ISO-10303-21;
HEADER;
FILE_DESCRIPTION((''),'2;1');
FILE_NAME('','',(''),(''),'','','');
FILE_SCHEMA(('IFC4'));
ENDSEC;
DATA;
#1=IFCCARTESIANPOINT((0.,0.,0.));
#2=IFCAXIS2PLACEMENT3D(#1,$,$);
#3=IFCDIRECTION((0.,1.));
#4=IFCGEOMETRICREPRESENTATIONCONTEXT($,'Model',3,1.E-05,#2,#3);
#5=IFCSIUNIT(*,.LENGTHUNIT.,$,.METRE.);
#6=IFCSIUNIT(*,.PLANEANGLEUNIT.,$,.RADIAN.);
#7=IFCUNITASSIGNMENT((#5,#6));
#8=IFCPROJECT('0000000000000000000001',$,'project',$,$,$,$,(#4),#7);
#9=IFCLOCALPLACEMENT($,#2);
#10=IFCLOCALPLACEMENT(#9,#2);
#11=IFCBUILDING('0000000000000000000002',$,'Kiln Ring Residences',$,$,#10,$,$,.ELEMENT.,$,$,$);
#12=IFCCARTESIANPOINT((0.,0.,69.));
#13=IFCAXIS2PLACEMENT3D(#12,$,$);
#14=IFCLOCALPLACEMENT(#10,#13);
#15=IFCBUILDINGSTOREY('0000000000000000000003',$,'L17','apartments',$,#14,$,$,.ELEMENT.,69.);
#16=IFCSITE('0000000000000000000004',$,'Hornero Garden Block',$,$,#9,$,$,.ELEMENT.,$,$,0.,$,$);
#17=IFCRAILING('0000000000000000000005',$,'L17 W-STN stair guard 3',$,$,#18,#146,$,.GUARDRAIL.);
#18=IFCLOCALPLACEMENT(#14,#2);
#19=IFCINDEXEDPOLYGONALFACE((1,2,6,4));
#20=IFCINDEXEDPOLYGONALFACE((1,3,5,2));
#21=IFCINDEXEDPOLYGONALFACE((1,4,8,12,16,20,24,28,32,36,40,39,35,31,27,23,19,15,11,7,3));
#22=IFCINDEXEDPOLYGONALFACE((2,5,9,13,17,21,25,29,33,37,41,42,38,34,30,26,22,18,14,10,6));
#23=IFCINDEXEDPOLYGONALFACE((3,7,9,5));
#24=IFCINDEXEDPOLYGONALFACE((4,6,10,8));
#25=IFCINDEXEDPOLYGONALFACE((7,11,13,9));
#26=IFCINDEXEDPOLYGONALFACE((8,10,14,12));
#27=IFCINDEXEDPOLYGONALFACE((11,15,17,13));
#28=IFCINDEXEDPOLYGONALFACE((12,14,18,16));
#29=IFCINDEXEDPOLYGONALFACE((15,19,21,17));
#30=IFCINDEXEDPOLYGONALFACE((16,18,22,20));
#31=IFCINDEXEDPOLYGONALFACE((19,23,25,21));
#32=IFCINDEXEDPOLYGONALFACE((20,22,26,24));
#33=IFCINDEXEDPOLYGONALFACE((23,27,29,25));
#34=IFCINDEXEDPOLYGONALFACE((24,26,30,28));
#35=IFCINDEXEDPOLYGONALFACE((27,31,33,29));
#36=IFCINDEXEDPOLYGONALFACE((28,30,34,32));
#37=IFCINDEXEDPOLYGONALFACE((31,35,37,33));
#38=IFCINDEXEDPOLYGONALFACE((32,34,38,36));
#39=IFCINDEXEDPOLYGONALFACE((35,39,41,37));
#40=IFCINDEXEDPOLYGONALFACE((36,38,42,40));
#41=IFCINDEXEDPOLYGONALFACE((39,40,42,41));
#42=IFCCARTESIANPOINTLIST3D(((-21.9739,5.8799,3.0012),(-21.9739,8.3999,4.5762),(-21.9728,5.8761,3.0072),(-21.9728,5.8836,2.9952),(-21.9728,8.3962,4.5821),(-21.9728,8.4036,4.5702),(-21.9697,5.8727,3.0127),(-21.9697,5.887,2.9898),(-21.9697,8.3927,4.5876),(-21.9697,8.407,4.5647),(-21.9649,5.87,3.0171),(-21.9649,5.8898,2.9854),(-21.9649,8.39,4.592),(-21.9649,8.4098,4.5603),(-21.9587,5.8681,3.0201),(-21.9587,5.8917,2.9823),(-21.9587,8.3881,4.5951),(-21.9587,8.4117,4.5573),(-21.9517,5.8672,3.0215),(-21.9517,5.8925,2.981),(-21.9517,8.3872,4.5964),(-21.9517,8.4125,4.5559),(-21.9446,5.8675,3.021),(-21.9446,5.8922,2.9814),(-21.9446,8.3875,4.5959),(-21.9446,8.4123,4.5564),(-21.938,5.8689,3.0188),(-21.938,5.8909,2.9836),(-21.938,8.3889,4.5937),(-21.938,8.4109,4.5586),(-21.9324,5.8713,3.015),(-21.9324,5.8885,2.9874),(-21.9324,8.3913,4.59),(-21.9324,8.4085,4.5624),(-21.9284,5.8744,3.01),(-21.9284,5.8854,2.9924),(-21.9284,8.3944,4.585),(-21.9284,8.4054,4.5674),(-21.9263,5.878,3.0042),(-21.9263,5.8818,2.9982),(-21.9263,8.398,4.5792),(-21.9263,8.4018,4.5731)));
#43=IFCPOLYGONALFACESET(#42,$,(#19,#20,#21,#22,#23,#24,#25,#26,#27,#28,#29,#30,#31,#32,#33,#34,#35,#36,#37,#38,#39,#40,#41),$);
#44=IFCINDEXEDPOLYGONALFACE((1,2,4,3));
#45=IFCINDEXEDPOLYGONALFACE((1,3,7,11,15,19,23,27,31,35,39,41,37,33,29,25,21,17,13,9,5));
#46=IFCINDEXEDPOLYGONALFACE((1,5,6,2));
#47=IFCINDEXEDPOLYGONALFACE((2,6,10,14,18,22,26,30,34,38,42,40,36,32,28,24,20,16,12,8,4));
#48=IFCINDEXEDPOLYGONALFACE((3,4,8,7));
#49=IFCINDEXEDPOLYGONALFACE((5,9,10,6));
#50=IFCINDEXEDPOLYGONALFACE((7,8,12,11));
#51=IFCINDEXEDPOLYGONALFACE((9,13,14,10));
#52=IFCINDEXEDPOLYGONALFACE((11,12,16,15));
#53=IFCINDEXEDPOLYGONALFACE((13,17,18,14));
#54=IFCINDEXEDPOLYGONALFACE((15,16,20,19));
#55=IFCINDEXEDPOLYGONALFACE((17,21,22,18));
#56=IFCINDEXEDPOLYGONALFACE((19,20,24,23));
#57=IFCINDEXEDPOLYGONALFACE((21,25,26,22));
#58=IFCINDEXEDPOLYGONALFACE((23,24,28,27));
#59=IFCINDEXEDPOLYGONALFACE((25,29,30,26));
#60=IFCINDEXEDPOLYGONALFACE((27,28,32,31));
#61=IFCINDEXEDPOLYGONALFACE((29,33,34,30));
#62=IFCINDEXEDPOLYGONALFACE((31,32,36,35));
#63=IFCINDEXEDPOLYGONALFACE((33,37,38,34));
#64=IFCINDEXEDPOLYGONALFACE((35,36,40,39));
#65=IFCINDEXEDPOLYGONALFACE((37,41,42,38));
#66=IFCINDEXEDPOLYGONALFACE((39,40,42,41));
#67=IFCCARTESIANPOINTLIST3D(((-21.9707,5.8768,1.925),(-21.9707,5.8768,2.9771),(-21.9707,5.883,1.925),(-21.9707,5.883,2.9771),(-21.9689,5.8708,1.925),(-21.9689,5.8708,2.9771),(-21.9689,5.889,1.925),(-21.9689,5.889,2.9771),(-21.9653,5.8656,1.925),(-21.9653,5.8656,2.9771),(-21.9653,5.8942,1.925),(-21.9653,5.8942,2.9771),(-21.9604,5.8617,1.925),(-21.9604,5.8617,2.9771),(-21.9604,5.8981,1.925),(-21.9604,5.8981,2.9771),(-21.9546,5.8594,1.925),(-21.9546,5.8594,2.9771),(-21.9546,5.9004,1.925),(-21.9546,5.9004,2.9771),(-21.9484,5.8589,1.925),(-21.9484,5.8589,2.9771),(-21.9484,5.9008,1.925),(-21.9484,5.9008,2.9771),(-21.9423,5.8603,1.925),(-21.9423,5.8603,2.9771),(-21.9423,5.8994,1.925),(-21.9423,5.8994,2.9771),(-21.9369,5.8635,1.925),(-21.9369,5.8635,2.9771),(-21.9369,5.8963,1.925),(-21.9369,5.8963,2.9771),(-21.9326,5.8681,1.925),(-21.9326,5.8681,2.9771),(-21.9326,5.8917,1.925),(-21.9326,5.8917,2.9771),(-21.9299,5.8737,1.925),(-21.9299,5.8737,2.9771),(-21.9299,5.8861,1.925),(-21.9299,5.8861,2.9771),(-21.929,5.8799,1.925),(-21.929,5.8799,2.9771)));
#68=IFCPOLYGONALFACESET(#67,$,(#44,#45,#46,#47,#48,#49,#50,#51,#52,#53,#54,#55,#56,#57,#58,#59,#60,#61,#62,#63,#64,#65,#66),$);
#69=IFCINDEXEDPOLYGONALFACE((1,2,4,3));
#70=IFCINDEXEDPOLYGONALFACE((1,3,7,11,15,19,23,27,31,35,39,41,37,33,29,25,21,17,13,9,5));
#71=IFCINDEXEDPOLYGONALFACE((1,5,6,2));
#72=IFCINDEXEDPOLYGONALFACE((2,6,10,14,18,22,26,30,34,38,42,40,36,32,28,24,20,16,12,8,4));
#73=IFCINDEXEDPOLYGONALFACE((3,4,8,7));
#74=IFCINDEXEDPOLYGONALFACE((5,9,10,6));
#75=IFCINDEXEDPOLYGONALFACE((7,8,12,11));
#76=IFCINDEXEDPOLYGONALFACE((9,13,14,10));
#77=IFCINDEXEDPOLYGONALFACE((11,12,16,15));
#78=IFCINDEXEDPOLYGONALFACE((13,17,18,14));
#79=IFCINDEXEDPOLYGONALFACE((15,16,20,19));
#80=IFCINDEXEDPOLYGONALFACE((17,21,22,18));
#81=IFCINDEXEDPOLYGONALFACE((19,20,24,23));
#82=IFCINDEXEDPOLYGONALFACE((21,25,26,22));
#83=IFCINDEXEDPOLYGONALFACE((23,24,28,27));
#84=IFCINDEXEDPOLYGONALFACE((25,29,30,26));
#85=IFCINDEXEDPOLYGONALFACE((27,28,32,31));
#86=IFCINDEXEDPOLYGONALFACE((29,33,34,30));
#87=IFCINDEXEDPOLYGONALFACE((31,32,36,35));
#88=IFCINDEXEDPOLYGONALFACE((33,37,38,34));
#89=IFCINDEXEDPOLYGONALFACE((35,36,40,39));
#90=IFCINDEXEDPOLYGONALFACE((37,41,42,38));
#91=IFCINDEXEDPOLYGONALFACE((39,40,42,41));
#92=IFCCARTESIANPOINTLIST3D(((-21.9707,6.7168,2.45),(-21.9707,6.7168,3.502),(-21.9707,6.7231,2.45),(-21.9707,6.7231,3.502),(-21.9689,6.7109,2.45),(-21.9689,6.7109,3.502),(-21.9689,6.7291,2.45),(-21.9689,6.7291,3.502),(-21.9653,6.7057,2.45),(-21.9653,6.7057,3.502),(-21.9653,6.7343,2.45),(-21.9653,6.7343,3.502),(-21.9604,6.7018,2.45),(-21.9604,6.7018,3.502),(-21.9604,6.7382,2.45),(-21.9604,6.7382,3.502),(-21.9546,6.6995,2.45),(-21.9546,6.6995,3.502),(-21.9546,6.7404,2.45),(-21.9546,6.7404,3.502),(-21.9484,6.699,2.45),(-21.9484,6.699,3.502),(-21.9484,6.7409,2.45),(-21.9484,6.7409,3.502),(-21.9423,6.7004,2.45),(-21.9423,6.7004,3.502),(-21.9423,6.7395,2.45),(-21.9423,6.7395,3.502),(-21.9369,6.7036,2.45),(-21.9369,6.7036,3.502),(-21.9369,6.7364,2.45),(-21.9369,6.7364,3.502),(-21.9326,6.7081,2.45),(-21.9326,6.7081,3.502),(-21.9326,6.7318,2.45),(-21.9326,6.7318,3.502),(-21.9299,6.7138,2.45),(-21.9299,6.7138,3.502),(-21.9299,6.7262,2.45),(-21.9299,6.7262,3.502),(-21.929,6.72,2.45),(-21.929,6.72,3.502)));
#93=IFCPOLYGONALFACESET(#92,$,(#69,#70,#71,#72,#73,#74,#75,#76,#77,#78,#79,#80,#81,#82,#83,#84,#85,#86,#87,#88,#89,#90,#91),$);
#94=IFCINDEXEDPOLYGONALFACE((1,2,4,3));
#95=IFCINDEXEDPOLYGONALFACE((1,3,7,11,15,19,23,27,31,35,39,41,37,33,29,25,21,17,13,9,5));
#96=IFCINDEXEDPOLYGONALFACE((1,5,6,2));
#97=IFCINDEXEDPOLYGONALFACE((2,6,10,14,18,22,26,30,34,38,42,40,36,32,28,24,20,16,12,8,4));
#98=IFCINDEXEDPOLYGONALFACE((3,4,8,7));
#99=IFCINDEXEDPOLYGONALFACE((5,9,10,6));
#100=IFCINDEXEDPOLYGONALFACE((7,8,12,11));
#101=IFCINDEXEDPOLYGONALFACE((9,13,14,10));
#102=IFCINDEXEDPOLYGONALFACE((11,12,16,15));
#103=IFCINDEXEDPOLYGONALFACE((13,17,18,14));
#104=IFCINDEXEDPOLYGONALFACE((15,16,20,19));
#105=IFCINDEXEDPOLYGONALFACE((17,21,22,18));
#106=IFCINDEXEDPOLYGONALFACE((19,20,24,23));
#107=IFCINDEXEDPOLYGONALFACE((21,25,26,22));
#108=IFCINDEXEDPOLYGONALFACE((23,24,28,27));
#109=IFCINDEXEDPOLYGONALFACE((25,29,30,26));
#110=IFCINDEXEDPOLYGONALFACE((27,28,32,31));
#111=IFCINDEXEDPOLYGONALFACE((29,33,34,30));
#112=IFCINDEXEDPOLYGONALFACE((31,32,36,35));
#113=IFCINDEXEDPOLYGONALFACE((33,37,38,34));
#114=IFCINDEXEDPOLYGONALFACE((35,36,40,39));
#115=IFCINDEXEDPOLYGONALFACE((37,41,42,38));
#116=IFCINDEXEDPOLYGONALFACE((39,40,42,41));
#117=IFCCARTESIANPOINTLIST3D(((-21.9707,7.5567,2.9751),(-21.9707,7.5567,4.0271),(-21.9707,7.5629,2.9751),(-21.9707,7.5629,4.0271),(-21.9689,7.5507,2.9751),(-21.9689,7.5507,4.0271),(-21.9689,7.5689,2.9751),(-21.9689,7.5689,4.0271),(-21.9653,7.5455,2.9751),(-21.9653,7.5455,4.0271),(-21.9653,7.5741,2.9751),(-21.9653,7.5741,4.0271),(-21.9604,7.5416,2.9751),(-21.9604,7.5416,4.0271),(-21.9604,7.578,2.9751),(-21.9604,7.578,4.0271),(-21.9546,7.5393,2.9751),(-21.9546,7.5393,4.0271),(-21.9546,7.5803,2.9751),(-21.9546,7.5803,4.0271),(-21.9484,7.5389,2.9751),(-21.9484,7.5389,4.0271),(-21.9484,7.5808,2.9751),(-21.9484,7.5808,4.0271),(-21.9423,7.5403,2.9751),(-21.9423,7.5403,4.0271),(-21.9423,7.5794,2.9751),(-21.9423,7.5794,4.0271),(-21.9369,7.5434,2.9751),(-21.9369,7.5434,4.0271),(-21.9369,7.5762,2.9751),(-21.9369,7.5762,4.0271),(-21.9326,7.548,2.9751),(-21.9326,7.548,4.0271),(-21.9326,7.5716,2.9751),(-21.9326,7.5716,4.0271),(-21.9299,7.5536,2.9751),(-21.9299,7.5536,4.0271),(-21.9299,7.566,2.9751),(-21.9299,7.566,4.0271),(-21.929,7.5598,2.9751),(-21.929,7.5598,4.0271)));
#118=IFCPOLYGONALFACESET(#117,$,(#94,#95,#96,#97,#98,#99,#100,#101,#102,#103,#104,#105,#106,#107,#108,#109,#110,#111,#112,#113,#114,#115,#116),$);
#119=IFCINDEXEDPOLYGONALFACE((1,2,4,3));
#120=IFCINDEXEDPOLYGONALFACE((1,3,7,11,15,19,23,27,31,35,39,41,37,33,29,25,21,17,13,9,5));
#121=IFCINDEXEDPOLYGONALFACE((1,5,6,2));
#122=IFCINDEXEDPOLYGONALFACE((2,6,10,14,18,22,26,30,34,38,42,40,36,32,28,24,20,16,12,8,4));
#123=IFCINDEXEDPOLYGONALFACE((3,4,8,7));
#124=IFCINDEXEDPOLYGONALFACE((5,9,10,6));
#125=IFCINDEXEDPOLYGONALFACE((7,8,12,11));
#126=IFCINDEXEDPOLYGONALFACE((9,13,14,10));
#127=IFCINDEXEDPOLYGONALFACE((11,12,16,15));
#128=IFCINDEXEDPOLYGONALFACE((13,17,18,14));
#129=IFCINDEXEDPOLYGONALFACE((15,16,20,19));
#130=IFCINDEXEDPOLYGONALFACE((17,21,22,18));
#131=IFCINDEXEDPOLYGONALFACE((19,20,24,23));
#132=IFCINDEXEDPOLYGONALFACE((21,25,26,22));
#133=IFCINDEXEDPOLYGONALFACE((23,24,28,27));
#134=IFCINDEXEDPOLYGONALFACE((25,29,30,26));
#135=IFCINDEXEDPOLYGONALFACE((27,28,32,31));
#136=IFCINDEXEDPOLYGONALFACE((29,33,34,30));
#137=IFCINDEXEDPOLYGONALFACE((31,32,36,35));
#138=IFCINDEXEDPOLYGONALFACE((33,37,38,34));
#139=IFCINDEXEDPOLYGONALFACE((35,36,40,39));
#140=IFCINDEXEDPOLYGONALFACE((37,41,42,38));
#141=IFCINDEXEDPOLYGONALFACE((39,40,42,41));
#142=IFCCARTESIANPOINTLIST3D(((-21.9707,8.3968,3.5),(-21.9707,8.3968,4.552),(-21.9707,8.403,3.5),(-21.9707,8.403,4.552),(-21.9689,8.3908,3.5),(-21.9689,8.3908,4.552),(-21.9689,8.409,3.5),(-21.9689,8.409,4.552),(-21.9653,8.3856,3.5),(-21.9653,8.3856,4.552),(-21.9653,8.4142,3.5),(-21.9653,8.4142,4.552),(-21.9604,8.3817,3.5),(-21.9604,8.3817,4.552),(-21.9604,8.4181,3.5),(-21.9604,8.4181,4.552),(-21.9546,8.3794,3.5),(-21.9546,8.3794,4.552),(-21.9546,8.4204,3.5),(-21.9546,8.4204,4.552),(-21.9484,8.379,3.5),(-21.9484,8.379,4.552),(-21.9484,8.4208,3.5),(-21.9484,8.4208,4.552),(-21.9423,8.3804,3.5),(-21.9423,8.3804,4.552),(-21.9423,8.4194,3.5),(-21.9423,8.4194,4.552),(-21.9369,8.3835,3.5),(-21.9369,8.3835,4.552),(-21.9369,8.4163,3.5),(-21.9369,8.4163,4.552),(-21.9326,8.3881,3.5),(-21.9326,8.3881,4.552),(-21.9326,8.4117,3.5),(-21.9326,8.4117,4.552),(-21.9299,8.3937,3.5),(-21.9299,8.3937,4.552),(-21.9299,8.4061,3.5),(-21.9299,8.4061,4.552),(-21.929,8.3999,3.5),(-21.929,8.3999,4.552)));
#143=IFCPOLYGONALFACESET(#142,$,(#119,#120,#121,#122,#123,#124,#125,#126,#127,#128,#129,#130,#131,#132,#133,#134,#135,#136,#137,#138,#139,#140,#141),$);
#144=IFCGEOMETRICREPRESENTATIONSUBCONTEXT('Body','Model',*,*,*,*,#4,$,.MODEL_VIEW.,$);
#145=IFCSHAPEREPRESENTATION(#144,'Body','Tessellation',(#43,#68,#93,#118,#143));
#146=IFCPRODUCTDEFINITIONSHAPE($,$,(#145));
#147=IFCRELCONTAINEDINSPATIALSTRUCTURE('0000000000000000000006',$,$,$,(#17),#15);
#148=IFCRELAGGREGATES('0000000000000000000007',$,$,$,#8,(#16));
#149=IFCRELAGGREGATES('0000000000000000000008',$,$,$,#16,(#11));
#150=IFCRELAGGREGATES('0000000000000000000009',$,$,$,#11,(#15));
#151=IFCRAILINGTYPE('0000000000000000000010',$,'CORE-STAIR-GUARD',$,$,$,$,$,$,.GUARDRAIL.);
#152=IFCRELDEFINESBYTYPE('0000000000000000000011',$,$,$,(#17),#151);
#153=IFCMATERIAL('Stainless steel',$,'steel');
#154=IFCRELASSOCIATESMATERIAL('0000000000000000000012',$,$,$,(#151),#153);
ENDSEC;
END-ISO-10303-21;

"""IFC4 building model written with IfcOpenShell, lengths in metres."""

from ifc_helpers import new_model, si_unit, direction, frame, origin, origin_2d, place, context, subcontext, project, spatial, circle, extrude, material, type_object, element, save


model = new_model("IFC4")

# Units and contexts
model_context = context("Model", 3, precision=1e-05, world=origin(), true_north=direction((0.0, 1.0)))
body_context = subcontext(model_context, "Body", "Model", "MODEL_VIEW")
ifc_project = project(units=[si_unit("LENGTHUNIT", "METRE"), si_unit("PLANEANGLEUNIT", "RADIAN")], contexts=[model_context])

# Site, building, storey
site_placement = place(None, origin())
site = spatial("IfcSite", under=ifc_project, at=site_placement, Name="Hornero Garden Block", CompositionType="ELEMENT", RefElevation=0.0)
building_placement = place(site_placement, origin())
building = spatial("IfcBuilding", under=site, at=building_placement, Name="Kiln Ring Residences", CompositionType="ELEMENT")
storey_placement = place(building_placement, frame((0.0, 0.0, 69.0)))
storey = spatial("IfcBuildingStorey", under=building, at=storey_placement, Name="L17", Description="apartments", CompositionType="ELEMENT", Elevation=69.0)

# Railing
ifc_material_1 = material(Name="Stainless steel", Category="steel")
railing_type_1 = type_object("IfcRailingType", Name="CORE-STAIR-GUARD", PredefinedType="GUARDRAIL", material=ifc_material_1)
railing_1_placement = place(storey_placement, frame((-21.95, 5.8799, 1.925)))
element("IfcRailing", 1, at=railing_1_placement, inside=storey, type_object=railing_type_1, Name="L17 W-STN stair guard 3", PredefinedType="GUARDRAIL", context=body_context, shape_type="SweptSolid", body=[
    extrude(circle(Radius=0.0239, at=origin_2d()), frame((0.0, 0.0, 1.0762), z_axis=(0.0, 0.848008, 0.529984), x_axis=(-1.0, 0.0, 0.0)), (0.0, 0.0, 1.0), 2.9717),
    extrude(circle(Radius=0.021, at=origin_2d()), origin(), (0.0, 0.0, 1.0), 1.052),
    extrude(circle(Radius=0.021, at=origin_2d()), frame((0.0, 0.8401, 0.5249)), (0.0, 0.0, 1.0), 1.052),
    extrude(circle(Radius=0.021, at=origin_2d()), frame((0.0, 1.6799, 1.05)), (0.0, 0.0, 1.0), 1.052),
    extrude(circle(Radius=0.021, at=origin_2d()), frame((0.0, 2.52, 1.575)), (0.0, 0.0, 1.0), 1.052),
])

save(model, "model.ifc")
